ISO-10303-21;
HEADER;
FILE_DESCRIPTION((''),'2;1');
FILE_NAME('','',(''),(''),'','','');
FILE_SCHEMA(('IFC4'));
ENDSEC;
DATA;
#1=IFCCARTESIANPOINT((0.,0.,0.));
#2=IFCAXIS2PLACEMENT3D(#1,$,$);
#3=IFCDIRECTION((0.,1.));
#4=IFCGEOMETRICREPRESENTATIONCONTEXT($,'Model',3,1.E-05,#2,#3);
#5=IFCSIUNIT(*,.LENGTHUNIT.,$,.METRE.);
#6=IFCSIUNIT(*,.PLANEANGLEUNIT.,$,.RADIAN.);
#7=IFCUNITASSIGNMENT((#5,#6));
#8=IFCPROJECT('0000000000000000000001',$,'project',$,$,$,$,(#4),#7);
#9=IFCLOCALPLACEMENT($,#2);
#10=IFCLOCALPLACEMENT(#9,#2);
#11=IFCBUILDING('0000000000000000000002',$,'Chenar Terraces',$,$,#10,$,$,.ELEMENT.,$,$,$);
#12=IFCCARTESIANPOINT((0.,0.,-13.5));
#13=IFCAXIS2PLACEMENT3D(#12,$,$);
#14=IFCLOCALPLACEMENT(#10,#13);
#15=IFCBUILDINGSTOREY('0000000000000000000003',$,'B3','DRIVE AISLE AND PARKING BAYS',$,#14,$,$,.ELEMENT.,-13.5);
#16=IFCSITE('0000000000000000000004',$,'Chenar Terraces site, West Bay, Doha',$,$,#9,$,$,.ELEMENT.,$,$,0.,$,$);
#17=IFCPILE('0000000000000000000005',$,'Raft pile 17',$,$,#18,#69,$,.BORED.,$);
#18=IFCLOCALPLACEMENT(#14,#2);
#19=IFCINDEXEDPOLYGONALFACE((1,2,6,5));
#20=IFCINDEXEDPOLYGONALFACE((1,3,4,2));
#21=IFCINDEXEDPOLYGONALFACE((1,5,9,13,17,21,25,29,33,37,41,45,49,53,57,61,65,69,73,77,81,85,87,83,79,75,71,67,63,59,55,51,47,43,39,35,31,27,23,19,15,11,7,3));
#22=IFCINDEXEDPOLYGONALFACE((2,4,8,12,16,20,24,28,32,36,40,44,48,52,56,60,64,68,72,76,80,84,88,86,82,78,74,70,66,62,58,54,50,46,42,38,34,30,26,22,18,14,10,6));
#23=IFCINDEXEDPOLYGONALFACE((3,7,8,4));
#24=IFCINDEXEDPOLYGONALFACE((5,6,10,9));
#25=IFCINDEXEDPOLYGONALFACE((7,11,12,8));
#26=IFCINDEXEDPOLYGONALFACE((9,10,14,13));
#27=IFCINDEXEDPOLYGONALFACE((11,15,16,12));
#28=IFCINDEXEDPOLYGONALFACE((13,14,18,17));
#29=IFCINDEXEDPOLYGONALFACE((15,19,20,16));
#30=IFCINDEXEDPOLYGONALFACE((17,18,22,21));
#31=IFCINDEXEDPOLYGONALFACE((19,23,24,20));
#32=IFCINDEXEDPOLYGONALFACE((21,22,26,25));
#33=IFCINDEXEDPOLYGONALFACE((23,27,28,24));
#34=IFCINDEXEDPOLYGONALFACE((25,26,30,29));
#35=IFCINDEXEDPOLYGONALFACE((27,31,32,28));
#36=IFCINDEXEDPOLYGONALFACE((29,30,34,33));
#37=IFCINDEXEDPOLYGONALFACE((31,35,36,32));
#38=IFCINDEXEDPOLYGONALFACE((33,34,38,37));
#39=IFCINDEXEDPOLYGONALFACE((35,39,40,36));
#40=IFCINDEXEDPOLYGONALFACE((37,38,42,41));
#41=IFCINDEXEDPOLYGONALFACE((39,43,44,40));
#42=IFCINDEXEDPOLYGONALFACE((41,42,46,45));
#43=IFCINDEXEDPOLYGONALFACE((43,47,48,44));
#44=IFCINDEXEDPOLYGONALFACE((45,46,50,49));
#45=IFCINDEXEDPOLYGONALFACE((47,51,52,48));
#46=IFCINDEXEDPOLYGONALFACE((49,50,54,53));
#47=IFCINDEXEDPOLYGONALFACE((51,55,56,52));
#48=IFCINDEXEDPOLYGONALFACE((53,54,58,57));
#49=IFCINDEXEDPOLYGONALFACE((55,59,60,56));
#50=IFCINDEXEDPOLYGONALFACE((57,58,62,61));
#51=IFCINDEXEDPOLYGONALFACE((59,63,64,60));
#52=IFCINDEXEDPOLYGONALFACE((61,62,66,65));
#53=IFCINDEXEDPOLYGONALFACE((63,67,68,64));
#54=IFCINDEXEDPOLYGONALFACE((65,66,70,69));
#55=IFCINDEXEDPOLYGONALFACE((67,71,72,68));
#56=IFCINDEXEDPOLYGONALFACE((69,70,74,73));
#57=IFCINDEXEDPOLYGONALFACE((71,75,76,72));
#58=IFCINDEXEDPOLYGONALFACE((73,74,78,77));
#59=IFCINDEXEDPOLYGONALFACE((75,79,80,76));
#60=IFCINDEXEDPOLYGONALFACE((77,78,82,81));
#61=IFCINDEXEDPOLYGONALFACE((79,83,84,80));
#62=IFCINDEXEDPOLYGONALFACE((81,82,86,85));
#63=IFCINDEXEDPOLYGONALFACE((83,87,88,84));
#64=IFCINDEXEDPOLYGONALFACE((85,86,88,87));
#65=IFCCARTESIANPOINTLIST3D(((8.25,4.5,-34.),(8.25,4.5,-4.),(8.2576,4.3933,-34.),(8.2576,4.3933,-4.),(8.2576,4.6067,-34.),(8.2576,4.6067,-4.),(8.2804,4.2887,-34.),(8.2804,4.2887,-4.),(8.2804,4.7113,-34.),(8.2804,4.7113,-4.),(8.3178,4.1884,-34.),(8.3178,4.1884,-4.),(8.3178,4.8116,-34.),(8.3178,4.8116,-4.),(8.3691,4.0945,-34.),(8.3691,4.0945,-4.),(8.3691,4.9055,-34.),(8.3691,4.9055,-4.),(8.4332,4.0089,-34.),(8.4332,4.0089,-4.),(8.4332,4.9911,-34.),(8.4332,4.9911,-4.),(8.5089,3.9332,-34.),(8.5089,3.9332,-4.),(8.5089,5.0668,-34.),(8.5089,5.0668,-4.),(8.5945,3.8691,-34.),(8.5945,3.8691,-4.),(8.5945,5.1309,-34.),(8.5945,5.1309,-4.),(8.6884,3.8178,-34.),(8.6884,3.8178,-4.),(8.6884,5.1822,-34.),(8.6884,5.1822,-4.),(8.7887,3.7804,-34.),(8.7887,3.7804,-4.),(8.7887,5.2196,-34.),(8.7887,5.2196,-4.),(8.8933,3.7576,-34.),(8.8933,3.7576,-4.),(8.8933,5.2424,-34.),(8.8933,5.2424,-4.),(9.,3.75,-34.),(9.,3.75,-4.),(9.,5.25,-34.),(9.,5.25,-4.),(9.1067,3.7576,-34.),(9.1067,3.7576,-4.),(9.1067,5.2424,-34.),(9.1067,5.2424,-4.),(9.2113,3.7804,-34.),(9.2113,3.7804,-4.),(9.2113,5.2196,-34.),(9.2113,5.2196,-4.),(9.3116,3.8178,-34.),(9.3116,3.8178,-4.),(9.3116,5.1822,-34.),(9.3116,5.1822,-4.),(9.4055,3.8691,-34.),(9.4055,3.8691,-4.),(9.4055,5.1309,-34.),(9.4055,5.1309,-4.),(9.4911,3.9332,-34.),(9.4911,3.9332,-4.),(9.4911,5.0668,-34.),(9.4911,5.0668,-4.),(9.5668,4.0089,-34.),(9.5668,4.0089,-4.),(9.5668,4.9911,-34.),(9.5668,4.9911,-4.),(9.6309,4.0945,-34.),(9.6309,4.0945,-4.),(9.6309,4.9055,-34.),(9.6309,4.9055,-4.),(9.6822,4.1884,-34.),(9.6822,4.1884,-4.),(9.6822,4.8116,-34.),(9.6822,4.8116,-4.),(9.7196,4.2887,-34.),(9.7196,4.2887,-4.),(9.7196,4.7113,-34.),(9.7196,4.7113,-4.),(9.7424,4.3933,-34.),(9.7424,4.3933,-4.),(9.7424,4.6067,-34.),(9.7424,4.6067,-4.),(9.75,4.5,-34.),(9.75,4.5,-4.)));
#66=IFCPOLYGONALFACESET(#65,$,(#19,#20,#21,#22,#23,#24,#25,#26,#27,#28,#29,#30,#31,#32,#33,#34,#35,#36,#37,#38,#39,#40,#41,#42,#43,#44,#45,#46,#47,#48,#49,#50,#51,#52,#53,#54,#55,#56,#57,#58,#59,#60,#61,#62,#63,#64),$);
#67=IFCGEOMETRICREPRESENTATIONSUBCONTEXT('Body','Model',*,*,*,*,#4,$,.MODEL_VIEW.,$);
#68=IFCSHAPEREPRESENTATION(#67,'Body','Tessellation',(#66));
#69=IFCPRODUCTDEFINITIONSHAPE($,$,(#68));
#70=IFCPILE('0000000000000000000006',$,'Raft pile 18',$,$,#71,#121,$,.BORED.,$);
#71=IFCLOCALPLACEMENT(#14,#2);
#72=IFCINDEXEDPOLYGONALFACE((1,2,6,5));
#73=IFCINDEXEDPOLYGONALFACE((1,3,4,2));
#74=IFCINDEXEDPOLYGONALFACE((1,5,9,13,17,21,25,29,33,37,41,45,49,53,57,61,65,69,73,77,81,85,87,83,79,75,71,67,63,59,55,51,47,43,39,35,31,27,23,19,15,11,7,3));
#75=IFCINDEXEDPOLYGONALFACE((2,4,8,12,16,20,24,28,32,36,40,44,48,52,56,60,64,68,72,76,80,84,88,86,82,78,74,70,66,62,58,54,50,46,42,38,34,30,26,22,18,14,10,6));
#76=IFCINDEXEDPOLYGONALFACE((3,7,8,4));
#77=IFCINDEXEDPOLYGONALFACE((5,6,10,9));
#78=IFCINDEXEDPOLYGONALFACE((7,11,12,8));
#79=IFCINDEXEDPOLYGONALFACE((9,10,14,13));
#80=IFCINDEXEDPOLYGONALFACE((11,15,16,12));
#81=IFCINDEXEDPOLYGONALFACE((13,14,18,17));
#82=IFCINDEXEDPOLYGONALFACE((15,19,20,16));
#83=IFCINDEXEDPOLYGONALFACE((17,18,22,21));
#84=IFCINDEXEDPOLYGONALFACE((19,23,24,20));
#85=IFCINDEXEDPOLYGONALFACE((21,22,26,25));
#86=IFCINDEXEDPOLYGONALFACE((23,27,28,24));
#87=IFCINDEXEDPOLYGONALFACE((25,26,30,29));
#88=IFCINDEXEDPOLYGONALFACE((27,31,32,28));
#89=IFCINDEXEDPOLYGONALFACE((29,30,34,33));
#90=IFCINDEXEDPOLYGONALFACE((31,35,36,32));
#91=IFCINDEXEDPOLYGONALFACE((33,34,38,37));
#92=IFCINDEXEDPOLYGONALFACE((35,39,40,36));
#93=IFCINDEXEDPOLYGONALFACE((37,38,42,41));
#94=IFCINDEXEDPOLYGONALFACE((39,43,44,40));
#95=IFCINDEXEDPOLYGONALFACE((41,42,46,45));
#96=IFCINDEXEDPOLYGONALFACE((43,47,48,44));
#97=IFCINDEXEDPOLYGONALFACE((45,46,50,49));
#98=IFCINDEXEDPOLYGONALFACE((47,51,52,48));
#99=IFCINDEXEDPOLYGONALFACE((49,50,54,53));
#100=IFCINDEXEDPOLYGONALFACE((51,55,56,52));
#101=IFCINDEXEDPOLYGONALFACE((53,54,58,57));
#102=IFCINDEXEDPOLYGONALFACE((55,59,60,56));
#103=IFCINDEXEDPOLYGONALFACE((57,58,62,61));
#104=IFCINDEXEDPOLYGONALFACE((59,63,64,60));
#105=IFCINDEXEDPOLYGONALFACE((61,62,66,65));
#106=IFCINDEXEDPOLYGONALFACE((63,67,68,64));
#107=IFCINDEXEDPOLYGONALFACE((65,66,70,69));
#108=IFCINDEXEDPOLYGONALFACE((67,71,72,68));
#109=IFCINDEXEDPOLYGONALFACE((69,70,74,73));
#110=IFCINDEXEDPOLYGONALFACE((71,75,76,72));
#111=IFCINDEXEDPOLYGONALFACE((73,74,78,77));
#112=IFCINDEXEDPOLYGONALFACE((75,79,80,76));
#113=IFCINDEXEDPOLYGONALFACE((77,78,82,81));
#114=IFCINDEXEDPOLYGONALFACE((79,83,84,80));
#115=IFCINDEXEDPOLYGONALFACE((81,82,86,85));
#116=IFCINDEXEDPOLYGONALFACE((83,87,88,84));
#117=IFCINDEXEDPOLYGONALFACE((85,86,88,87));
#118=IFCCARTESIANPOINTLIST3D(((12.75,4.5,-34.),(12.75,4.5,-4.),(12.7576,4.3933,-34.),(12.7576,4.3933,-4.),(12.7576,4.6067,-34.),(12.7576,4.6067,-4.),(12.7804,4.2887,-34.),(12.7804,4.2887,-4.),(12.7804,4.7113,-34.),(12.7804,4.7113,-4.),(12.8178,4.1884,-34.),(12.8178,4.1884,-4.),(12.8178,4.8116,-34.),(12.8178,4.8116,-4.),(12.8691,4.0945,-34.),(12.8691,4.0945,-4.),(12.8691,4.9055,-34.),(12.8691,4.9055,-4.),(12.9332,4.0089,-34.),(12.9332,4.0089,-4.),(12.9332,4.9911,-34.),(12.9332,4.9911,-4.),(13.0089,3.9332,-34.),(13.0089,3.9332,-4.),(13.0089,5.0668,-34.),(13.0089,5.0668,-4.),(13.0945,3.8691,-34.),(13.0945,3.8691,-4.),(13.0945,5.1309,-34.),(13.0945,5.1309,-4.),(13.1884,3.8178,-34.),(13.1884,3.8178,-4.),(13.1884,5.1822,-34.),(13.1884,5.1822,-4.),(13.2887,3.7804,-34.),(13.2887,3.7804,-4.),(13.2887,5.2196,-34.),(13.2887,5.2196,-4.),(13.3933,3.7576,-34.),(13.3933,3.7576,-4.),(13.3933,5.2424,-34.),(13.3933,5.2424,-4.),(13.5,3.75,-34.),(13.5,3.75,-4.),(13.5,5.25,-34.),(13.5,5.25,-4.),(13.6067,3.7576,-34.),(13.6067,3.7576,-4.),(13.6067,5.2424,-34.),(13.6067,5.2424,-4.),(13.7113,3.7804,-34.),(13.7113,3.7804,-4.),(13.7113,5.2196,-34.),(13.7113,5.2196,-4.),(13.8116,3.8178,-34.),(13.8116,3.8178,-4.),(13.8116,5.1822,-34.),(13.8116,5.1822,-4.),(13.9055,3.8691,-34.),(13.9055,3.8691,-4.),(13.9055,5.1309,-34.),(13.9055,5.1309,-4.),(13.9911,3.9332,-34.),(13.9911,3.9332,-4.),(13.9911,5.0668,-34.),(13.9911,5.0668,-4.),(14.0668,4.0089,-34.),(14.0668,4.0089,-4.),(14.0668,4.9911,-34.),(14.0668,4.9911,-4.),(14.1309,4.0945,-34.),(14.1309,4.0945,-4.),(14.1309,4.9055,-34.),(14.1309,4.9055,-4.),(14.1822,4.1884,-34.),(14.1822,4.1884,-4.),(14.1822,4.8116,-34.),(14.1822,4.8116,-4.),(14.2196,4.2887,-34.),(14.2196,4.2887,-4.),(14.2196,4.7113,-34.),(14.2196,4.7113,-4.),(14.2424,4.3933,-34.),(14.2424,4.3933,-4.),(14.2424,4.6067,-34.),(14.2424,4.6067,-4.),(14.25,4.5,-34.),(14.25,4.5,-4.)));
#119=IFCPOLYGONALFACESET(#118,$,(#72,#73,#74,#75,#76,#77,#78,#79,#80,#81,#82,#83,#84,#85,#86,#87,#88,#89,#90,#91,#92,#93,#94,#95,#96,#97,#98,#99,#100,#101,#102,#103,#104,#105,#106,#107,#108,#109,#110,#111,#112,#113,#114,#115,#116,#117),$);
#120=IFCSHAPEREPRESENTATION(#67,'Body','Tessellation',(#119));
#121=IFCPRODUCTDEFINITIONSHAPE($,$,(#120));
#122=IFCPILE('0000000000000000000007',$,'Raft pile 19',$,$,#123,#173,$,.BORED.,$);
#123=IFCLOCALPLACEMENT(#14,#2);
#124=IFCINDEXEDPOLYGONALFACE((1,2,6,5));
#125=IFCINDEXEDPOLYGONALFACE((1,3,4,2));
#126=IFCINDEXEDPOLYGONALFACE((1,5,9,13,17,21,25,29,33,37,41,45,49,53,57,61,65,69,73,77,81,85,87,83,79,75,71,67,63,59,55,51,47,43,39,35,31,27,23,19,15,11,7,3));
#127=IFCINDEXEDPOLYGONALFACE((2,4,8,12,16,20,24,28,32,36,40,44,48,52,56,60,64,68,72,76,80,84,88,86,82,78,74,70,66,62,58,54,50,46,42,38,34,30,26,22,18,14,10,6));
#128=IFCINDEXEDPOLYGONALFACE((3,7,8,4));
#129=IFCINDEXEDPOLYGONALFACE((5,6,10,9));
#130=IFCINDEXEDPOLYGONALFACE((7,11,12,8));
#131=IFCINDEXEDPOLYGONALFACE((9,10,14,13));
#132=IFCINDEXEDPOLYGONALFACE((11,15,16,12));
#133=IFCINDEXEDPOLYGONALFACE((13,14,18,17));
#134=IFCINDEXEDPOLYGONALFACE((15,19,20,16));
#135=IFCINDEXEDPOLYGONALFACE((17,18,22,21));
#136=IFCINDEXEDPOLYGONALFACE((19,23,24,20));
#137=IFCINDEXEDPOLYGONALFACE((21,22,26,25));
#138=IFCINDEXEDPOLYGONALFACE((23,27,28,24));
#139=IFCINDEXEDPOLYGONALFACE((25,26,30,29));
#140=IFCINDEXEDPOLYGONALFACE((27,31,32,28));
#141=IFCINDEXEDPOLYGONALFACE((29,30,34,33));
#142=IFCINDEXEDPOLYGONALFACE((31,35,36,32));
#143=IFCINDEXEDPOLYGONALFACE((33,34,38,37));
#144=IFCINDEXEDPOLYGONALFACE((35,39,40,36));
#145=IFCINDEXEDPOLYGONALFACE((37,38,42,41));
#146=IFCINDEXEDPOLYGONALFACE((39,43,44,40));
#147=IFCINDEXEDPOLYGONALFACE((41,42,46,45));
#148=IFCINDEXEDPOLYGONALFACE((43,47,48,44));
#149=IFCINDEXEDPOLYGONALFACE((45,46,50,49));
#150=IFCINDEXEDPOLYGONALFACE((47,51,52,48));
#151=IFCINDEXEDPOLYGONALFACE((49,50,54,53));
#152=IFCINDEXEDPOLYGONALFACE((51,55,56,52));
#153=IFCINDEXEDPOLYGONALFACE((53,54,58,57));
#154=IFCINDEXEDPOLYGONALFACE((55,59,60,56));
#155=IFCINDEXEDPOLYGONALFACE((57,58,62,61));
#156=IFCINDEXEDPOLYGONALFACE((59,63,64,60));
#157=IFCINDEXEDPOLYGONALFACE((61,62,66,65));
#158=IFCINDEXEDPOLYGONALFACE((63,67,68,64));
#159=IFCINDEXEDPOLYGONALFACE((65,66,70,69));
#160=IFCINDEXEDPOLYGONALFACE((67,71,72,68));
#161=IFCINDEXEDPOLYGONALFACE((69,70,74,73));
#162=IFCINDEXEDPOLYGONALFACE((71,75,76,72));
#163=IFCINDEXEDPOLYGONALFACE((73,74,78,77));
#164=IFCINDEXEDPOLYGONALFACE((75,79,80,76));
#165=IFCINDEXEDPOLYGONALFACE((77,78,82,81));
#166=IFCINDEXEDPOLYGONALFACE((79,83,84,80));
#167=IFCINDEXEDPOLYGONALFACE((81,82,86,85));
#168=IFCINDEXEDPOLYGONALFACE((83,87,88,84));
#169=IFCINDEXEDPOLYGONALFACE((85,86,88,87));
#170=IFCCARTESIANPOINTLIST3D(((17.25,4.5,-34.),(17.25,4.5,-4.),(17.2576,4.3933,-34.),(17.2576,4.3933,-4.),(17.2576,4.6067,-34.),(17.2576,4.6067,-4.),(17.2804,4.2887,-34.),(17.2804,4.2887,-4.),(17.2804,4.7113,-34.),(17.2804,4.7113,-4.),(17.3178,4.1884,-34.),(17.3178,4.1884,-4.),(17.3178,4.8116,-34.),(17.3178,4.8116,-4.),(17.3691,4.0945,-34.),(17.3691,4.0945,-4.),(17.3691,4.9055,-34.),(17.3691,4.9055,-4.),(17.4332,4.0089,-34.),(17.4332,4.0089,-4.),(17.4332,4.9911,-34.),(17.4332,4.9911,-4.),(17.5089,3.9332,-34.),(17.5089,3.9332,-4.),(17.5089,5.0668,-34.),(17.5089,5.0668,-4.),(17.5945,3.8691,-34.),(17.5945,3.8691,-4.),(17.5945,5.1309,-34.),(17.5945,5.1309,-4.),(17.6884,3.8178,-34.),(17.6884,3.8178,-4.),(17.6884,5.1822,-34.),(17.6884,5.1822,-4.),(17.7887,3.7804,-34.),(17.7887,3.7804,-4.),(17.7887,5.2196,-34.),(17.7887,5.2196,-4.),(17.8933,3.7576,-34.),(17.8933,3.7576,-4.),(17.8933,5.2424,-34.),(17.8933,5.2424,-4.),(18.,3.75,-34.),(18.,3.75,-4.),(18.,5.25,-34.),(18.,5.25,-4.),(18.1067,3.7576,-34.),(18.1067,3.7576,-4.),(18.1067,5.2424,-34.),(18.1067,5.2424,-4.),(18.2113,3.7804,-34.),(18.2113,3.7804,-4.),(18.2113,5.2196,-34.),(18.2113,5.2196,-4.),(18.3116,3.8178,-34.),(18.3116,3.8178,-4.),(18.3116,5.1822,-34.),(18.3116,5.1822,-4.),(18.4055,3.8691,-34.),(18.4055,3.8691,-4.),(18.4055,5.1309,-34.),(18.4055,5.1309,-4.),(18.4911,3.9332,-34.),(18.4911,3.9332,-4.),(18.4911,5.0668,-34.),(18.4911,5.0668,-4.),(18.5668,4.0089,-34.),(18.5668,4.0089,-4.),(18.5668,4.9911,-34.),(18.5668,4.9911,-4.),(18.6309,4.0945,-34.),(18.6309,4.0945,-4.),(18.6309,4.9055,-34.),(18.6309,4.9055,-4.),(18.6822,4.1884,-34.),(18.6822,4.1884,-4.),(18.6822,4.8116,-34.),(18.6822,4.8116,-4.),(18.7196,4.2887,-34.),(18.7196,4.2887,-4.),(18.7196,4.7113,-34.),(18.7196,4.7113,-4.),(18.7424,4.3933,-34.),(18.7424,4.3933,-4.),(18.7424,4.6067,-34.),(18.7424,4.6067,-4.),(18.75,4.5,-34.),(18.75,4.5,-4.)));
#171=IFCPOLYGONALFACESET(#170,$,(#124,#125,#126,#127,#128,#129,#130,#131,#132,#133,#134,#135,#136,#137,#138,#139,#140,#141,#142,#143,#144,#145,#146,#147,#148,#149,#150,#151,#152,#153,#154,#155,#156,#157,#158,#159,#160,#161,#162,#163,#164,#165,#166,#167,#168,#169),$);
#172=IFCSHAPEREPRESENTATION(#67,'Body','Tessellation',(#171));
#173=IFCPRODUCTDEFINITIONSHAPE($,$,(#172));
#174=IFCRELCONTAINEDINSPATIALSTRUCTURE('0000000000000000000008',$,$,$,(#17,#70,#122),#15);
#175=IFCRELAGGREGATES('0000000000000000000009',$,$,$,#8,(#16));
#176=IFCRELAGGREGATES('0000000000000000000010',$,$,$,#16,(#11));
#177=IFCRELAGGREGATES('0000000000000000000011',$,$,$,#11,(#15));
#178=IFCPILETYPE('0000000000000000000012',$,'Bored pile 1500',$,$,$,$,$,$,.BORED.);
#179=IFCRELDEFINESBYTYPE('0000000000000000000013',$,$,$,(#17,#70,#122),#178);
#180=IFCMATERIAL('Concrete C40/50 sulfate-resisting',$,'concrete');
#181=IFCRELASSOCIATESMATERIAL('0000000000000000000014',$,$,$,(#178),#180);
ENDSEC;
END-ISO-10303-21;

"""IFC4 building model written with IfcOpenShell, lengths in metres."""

from ifc_helpers import new_model, si_unit, direction, frame, origin, origin_2d, place, context, subcontext, project, spatial, circle, extrude, material, material_profile, profile_set, type_object, element, save


model = new_model("IFC4")

# Units and contexts
model_context = context("Model", 3, precision=1e-05, world=origin(), true_north=direction((0.0, 1.0)))
body_context = subcontext(model_context, "Body", "Model", "MODEL_VIEW")
ifc_project = project(units=[si_unit("LENGTHUNIT", "METRE"), si_unit("PLANEANGLEUNIT", "RADIAN")], contexts=[model_context])

# Site, building, storey
site_placement = place(None, origin())
site = spatial("IfcSite", under=ifc_project, at=site_placement, Name="Chenar Terraces site, West Bay, Doha", CompositionType="ELEMENT", RefElevation=0.0)
building_placement = place(site_placement, origin())
building = spatial("IfcBuilding", under=site, at=building_placement, Name="Chenar Terraces", CompositionType="ELEMENT")
storey_placement = place(building_placement, frame((0.0, 0.0, -13.5)))
storey = spatial("IfcBuildingStorey", under=building, at=storey_placement, Name="B3", Description="DRIVE AISLE AND PARKING BAYS", CompositionType="ELEMENT", Elevation=-13.5)

# Piles
ifc_material_1 = material(Name="Concrete C40/50 sulfate-resisting", Category="concrete")
ifc_material_profile_1 = material_profile(ifc_material_1, circle(Radius=0.75, at=origin_2d()), Name="BP 1500")
ifc_profile_set_1 = profile_set([ifc_material_profile_1], Name="Concrete C40/50 sulfate-resisting")
pile_type_1 = type_object("IfcPileType", Name="Bored pile 1500", PredefinedType="BORED", material=ifc_profile_set_1)
for number, where, z_axis, x_axis, name in (
    (1, (9.0, 4.5, -4.0), (0.0, 0.0, -1.0), (1.0, 0.0, 0.0), "Raft pile 17"),
    (2, (13.5, 4.5, -4.0), (0.0, 0.0, -1.0), (1.0, 0.0, 0.0), "Raft pile 18"),
    (3, (18.0, 4.5, -4.0), (0.0, 0.0, -1.0), (1.0, 0.0, 0.0), "Raft pile 19"),
):
    element("IfcPile", number, at=place(storey_placement, frame(where, z_axis=z_axis, x_axis=x_axis)), inside=storey, type_object=pile_type_1, Name=name, PredefinedType="BORED", context=body_context, shape_type="SweptSolid", body=[
        extrude(circle(Radius=0.75, at=origin_2d()), origin(), (0.0, 0.0, 1.0), 30.0),
    ])

save(model, "model.ifc")
